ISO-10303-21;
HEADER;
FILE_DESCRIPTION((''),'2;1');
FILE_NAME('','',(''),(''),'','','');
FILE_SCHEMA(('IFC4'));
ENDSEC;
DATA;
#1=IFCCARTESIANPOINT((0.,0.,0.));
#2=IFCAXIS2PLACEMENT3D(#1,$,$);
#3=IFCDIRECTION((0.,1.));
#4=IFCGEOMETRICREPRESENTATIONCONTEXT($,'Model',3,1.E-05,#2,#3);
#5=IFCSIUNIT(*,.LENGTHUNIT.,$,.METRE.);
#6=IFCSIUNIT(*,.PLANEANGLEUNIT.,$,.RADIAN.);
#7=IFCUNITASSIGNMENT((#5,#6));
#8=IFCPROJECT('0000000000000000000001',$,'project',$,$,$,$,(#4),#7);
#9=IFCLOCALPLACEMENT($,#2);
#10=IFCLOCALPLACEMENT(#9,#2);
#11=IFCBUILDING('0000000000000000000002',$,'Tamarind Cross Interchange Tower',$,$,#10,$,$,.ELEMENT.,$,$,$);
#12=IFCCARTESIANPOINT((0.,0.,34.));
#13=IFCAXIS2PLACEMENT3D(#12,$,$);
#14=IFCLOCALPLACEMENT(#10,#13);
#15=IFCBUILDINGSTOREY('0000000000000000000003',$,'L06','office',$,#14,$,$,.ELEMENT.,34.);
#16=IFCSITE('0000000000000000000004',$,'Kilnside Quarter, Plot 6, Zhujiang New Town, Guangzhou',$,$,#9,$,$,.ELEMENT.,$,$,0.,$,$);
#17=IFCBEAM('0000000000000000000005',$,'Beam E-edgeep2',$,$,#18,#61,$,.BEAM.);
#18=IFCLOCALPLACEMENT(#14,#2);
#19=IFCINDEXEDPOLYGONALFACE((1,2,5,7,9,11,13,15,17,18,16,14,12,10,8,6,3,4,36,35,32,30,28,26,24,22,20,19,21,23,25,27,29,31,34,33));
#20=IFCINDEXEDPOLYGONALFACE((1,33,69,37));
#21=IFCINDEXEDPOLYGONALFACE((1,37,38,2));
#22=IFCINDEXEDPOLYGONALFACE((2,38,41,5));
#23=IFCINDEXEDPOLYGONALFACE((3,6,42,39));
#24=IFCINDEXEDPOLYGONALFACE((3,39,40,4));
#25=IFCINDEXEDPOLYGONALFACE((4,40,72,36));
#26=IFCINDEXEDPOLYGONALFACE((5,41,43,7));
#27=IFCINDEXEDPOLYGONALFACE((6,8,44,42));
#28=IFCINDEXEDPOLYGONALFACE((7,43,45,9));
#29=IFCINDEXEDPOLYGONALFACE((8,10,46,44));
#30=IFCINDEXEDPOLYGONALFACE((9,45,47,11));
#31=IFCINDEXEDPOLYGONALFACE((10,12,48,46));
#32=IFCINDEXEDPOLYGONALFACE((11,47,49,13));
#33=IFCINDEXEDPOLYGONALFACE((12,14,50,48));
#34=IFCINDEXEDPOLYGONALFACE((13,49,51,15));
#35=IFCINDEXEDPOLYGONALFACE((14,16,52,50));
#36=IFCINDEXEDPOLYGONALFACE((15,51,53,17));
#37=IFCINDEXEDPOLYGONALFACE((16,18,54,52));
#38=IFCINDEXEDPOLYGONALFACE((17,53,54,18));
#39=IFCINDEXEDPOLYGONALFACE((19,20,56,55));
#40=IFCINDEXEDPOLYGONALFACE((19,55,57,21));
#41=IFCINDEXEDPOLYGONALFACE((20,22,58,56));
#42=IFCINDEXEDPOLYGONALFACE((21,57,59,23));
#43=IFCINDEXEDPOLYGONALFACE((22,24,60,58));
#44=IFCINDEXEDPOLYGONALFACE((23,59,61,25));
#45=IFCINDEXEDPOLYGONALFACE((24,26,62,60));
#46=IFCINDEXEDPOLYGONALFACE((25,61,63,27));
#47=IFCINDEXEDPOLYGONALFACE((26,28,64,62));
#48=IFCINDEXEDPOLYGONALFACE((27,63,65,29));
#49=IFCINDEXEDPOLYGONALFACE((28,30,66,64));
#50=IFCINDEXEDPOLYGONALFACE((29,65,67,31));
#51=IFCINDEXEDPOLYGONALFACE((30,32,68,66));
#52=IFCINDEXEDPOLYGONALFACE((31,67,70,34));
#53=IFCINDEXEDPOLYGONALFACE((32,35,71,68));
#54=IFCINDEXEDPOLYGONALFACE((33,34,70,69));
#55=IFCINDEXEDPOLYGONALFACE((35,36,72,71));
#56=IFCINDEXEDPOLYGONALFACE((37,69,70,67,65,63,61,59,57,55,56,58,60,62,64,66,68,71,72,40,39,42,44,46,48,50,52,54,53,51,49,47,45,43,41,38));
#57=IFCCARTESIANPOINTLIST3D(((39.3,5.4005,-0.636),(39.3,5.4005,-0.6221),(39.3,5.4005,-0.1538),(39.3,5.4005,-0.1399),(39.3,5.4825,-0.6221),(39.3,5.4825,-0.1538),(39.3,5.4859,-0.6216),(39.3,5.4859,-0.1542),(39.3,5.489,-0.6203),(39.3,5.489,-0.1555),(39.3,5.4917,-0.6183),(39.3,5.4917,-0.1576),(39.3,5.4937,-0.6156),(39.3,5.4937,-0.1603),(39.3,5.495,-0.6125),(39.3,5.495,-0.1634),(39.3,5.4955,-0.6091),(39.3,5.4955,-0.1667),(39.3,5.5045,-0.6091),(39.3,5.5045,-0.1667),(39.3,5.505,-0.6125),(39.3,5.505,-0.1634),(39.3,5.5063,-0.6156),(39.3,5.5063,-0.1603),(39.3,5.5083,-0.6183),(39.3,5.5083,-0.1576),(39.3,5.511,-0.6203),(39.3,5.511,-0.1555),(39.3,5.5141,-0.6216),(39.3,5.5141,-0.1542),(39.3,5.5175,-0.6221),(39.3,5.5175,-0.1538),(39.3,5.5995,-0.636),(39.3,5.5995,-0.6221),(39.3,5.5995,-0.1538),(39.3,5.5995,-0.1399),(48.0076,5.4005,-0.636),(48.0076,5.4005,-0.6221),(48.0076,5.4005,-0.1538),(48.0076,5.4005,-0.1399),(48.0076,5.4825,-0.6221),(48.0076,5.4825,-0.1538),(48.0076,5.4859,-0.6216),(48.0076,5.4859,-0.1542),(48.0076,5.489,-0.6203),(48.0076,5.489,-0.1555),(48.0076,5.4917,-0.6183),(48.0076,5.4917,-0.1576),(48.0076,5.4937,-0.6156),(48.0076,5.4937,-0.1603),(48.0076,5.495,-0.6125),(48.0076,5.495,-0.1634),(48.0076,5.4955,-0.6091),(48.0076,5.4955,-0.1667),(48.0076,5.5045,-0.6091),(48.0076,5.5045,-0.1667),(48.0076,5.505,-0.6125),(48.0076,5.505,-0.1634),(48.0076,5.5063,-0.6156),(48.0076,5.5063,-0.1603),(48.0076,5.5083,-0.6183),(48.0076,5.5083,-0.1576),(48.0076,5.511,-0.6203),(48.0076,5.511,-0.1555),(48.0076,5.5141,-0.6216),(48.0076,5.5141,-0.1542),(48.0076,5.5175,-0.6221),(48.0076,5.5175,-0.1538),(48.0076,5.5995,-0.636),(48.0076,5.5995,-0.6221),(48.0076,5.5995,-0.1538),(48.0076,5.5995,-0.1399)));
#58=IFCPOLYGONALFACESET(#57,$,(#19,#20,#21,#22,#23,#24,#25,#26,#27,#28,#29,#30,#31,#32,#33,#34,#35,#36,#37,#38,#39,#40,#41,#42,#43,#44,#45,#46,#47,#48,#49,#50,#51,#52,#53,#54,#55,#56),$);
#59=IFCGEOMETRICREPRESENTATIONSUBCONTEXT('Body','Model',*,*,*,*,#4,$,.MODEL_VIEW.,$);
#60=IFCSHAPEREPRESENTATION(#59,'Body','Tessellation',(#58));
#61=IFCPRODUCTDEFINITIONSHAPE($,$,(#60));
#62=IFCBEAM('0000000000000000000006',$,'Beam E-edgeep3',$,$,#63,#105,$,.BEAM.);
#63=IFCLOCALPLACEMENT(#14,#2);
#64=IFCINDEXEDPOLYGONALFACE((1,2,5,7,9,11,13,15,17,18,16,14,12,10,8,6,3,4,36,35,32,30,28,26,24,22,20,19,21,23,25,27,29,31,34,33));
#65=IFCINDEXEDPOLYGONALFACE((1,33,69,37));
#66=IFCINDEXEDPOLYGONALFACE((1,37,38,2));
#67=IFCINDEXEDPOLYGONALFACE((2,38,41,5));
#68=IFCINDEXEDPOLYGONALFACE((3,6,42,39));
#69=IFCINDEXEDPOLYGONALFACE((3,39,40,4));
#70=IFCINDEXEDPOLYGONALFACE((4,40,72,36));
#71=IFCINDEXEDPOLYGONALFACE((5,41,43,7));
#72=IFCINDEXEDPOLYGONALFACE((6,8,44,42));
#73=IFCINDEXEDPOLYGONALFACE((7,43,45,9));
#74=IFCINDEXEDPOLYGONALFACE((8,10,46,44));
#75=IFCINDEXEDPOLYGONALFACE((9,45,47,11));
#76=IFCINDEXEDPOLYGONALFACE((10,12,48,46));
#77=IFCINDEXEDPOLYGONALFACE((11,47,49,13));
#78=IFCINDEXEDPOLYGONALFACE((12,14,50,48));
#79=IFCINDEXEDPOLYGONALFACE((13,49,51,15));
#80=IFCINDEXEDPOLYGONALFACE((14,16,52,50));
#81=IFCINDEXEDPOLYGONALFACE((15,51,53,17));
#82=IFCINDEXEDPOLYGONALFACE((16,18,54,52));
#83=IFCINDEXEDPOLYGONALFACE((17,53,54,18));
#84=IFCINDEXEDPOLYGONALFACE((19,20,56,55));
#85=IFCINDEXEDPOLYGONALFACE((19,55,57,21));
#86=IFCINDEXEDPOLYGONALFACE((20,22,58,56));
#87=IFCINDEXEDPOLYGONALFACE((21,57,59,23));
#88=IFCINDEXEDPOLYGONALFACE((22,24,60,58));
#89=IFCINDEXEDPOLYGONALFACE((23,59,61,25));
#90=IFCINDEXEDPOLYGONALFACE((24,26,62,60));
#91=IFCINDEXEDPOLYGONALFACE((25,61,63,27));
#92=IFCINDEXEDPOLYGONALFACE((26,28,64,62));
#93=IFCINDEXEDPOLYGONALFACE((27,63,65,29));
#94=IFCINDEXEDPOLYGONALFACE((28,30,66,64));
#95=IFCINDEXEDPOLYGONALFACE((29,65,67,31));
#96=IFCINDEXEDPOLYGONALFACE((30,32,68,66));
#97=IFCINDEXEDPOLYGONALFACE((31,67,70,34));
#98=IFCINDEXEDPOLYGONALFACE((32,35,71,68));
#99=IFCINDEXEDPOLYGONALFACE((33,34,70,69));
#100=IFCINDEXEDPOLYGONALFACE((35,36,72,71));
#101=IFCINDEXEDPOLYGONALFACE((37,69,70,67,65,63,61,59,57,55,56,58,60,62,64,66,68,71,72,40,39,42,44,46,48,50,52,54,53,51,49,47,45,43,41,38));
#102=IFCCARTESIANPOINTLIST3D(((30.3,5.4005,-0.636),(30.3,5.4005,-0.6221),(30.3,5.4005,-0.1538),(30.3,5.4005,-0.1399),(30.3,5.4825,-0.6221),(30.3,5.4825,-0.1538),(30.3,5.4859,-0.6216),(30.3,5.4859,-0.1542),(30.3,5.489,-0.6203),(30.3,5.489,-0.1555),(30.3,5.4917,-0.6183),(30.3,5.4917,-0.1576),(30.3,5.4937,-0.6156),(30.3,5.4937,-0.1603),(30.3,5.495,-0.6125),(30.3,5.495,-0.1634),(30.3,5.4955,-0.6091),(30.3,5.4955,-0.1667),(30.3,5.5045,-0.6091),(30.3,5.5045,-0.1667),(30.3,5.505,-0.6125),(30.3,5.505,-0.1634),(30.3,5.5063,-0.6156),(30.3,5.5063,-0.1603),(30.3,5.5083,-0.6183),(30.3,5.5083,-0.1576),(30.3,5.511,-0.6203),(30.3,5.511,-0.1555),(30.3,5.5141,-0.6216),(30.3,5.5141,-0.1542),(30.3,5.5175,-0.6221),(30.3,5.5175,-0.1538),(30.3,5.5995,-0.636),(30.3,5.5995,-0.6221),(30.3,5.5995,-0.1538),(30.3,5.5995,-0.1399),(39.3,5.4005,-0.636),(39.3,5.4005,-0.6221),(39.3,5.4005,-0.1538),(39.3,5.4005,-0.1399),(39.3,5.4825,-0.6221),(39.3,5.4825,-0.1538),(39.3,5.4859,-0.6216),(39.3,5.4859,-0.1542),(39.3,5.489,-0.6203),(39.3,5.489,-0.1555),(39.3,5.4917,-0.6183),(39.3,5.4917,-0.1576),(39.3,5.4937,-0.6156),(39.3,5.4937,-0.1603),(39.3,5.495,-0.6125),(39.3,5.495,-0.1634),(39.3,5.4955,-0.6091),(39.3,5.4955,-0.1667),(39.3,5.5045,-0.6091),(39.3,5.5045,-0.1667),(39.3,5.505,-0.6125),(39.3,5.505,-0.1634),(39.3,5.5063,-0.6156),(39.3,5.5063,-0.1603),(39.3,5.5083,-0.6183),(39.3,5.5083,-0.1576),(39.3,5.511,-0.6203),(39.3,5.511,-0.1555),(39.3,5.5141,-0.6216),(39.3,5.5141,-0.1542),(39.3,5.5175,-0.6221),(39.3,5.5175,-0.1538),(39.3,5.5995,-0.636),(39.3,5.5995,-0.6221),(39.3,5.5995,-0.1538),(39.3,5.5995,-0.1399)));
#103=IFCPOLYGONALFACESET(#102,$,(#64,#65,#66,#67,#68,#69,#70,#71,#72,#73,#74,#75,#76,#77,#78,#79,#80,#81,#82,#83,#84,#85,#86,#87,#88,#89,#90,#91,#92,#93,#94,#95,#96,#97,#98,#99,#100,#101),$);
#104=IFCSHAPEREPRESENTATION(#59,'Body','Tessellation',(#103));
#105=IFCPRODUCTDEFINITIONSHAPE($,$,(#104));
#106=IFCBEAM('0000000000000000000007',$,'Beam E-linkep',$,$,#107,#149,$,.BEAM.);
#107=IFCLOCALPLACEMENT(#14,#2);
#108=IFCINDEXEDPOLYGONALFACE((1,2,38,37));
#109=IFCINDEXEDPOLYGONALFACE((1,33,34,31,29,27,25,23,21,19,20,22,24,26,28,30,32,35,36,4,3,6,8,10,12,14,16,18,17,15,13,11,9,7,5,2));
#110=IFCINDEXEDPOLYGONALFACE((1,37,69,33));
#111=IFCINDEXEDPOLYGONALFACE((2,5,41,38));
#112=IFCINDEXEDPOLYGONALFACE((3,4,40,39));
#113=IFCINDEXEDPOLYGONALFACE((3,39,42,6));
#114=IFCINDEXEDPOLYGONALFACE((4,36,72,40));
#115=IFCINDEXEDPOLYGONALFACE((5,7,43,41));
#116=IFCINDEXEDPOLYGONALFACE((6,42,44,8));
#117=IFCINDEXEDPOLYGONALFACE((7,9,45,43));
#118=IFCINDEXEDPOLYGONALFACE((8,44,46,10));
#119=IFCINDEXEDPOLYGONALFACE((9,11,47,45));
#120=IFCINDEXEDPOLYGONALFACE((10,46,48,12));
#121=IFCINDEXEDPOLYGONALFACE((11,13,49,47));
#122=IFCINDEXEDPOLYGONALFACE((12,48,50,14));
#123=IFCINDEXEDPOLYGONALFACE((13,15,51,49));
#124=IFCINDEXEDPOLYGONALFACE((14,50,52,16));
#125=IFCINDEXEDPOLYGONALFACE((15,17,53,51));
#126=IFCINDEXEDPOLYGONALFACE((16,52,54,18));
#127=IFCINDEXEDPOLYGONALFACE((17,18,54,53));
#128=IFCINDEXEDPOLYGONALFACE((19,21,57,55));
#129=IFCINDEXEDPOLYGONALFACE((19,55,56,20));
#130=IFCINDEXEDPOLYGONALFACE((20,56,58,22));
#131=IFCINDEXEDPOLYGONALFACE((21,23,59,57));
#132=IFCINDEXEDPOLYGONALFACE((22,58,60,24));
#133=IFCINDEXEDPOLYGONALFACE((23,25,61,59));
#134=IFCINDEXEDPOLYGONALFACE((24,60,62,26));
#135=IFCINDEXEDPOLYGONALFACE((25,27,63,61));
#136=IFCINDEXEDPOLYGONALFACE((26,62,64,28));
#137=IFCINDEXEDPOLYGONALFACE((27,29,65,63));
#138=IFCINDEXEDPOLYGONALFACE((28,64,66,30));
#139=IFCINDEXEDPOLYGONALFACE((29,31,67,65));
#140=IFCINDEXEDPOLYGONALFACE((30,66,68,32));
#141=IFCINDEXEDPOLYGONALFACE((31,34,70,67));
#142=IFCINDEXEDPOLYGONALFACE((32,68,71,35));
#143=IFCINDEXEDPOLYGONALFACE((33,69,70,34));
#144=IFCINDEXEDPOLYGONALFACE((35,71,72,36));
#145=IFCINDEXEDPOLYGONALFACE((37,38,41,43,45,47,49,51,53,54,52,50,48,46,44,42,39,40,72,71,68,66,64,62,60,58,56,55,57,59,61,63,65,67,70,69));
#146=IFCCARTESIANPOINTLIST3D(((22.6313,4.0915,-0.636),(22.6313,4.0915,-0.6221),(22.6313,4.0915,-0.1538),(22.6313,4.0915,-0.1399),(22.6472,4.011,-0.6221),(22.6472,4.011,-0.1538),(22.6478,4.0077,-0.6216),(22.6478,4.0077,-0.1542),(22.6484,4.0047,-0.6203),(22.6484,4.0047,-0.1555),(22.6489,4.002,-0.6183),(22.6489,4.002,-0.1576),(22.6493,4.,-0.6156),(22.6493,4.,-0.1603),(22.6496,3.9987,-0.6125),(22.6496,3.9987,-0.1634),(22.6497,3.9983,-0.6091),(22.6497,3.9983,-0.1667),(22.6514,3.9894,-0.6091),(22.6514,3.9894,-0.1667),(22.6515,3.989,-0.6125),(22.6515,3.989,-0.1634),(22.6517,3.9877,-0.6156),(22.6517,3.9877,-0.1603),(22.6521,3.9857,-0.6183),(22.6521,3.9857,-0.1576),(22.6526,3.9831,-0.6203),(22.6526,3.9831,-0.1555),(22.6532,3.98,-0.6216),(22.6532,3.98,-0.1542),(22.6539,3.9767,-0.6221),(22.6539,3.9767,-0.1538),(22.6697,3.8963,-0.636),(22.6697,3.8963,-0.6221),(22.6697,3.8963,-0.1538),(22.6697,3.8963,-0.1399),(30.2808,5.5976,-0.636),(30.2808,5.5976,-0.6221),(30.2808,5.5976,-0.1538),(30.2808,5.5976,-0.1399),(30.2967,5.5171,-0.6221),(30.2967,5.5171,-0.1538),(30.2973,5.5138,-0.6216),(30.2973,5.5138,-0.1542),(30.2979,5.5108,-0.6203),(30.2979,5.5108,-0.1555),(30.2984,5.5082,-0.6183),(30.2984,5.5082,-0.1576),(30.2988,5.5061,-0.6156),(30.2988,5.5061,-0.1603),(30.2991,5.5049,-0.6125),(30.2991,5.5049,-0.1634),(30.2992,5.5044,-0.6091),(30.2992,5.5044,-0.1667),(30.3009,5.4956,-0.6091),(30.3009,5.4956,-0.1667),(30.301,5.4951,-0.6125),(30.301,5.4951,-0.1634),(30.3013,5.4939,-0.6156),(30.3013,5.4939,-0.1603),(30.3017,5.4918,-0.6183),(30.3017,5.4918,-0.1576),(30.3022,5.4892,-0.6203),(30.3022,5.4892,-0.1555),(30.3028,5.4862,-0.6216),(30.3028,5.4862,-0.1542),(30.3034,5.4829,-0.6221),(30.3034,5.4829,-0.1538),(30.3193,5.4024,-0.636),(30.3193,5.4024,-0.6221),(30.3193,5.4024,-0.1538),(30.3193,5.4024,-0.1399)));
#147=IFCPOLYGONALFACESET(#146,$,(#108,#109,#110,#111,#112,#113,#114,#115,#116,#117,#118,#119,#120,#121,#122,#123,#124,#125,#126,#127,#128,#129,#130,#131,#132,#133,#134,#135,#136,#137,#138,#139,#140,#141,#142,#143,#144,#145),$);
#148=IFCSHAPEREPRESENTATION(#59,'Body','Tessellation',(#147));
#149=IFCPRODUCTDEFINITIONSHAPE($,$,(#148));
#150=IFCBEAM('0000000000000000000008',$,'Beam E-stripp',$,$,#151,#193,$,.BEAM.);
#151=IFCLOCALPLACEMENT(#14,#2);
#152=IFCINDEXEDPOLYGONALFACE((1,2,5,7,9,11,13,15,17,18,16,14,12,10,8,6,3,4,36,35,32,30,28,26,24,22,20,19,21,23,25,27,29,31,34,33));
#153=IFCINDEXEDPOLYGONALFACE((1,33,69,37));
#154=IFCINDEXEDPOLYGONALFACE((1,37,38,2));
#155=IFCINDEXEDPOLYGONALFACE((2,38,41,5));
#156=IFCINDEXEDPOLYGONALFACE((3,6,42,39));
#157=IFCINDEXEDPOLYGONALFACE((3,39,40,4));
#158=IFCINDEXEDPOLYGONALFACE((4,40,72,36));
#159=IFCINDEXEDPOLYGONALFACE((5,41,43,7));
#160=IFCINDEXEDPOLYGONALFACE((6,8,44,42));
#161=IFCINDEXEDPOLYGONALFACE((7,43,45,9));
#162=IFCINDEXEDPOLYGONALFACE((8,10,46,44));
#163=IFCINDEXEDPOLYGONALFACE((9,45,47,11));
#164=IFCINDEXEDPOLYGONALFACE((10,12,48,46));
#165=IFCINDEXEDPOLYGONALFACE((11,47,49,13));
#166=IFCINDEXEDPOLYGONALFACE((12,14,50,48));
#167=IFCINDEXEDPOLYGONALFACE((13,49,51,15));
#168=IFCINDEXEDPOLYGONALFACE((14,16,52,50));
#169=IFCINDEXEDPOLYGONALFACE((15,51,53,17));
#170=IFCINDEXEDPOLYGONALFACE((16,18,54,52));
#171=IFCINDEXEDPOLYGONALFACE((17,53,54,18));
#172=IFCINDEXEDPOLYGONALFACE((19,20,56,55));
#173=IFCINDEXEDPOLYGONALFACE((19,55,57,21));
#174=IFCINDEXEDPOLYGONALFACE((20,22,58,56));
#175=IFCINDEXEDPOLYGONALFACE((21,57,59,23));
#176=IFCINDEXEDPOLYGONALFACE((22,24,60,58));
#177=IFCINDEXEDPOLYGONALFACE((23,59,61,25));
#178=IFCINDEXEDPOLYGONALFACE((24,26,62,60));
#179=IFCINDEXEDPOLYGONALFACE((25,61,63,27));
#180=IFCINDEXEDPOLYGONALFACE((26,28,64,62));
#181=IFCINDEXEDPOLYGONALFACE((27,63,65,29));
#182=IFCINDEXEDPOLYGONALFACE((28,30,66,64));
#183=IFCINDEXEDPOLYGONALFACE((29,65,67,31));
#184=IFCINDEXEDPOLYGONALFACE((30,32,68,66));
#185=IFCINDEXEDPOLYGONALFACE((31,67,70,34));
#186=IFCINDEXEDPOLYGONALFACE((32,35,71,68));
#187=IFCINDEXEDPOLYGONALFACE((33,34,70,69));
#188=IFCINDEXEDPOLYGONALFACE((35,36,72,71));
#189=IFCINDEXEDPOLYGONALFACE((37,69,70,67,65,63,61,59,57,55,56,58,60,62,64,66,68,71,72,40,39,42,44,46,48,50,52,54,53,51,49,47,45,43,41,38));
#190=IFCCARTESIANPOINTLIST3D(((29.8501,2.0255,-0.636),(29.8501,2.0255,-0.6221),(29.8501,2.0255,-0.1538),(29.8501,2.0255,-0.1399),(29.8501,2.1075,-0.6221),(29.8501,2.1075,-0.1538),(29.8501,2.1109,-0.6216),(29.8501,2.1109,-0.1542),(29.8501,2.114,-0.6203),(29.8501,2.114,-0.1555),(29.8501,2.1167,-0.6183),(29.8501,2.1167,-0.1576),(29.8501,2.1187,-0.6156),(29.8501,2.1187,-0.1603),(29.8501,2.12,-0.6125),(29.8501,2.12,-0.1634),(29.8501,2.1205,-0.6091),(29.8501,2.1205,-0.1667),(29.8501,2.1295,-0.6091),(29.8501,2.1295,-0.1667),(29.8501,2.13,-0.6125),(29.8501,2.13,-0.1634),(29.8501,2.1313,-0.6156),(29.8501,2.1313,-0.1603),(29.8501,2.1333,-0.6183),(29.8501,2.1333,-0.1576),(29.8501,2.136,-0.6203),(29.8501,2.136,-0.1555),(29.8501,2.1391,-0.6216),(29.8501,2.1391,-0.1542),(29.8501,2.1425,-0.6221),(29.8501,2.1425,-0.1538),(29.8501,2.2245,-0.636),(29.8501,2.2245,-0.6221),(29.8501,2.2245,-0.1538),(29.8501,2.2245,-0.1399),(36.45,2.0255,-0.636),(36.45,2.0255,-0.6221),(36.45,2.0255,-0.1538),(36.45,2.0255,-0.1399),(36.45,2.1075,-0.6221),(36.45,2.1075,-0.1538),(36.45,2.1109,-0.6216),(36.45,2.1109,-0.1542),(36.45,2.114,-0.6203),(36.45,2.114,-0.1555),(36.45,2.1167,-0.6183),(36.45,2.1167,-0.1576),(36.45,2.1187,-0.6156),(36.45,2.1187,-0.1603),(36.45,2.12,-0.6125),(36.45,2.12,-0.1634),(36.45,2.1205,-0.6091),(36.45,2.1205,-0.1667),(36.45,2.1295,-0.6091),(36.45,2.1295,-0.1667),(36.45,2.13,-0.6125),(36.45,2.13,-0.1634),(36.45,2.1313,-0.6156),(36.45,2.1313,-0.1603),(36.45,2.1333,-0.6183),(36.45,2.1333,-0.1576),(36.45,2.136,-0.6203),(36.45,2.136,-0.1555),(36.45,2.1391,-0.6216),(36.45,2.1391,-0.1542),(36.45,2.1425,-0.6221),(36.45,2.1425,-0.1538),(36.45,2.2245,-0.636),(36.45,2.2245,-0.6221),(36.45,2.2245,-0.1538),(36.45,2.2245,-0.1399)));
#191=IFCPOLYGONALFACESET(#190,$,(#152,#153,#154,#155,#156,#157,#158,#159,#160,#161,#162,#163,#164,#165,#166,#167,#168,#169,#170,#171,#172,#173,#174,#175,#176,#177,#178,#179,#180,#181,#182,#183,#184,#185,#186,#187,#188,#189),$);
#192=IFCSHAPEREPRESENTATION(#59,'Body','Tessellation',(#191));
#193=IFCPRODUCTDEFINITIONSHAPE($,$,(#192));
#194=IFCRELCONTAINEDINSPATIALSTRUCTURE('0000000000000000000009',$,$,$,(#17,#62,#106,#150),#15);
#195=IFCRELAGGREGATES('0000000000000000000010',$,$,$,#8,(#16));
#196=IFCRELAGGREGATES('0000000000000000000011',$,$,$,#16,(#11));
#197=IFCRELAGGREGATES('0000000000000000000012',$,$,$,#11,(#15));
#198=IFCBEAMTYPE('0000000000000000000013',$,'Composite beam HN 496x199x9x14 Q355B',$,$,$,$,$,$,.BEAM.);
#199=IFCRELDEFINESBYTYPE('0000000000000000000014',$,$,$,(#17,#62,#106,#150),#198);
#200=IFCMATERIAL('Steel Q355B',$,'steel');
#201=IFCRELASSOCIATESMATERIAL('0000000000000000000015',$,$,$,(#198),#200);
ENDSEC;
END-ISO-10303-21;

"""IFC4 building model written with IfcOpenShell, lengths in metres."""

from ifc_helpers import new_model, si_unit, direction, frame, origin, origin_2d, place, context, subcontext, project, spatial, i_section, extrude, material, material_profile, profile_set, type_object, element, save


model = new_model("IFC4")

# Units and contexts
model_context = context("Model", 3, precision=1e-05, world=origin(), true_north=direction((0.0, 1.0)))
body_context = subcontext(model_context, "Body", "Model", "MODEL_VIEW")
ifc_project = project(units=[si_unit("LENGTHUNIT", "METRE"), si_unit("PLANEANGLEUNIT", "RADIAN")], contexts=[model_context])

# Site, building, storey
site_placement = place(None, origin())
site = spatial("IfcSite", under=ifc_project, at=site_placement, Name="Kilnside Quarter, Plot 6, Zhujiang New Town, Guangzhou", CompositionType="ELEMENT", RefElevation=0.0)
building_placement = place(site_placement, origin())
building = spatial("IfcBuilding", under=site, at=building_placement, Name="Tamarind Cross Interchange Tower", CompositionType="ELEMENT")
storey_placement = place(building_placement, frame((0.0, 0.0, 34.0)))
storey = spatial("IfcBuildingStorey", under=building, at=storey_placement, Name="L06", Description="office", CompositionType="ELEMENT", Elevation=34.0)

# Beams
ifc_material_1 = material(Name="Steel Q355B", Category="steel")
ifc_material_profile_1 = material_profile(ifc_material_1, i_section(OverallWidth=0.199, OverallDepth=0.4961, WebThickness=0.009, FlangeThickness=0.0139, FilletRadius=0.0129, at=origin_2d()), Name="HN 496x199x9x14")
ifc_profile_set_1 = profile_set([ifc_material_profile_1], Name="Steel Q355B")
beam_type_1 = type_object("IfcBeamType", Name="Composite beam HN 496x199x9x14 Q355B", PredefinedType="BEAM", material=ifc_profile_set_1)
beam_1_placement = place(storey_placement, frame((48.0076, 5.5, -0.3879), z_axis=(-1.0, 0.0, 0.0), x_axis=(0.0, -1.0, 0.0)))
element("IfcBeam", 1, at=beam_1_placement, inside=storey, type_object=beam_type_1, Name="Beam E-edgeep2", PredefinedType="BEAM", context=body_context, shape_type="SweptSolid", body=[
    extrude(i_section(OverallWidth=0.199, OverallDepth=0.4961, WebThickness=0.009, FlangeThickness=0.0139, FilletRadius=0.0129, at=origin_2d()), origin(), (0.0, 0.0, 1.0), 8.7075),
])
beam_2_placement = place(storey_placement, frame((39.3, 5.5, -0.3879), z_axis=(-1.0, 0.0, 0.0), x_axis=(0.0, -1.0, 0.0)))
element("IfcBeam", 2, at=beam_2_placement, inside=storey, type_object=beam_type_1, Name="Beam E-edgeep3", PredefinedType="BEAM", context=body_context, shape_type="SweptSolid", body=[
    extrude(i_section(OverallWidth=0.199, OverallDepth=0.4961, WebThickness=0.009, FlangeThickness=0.0139, FilletRadius=0.0129, at=origin_2d()), origin(), (0.0, 0.0, 1.0), 9.0),
])
beam_3_placement = place(storey_placement, frame((30.3, 5.5, -0.3879), z_axis=(-0.981163, -0.193182, 0.0), x_axis=(0.193182, -0.981163, 0.0)))
element("IfcBeam", 3, at=beam_3_placement, inside=storey, type_object=beam_type_1, Name="Beam E-linkep", PredefinedType="BEAM", context=body_context, shape_type="SweptSolid", body=[
    extrude(i_section(OverallWidth=0.199, OverallDepth=0.4961, WebThickness=0.009, FlangeThickness=0.0139, FilletRadius=0.0129, at=origin_2d()), origin(), (0.0, 0.0, 1.0), 7.7964),
])
beam_4_placement = place(storey_placement, frame((29.8501, 2.125, -0.3879), z_axis=(1.0, 0.0, 0.0), x_axis=(0.0, 1.0, 0.0)))
element("IfcBeam", 4, at=beam_4_placement, inside=storey, type_object=beam_type_1, Name="Beam E-stripp", PredefinedType="BEAM", context=body_context, shape_type="SweptSolid", body=[
    extrude(i_section(OverallWidth=0.199, OverallDepth=0.4961, WebThickness=0.009, FlangeThickness=0.0139, FilletRadius=0.0129, at=origin_2d()), origin(), (0.0, 0.0, 1.0), 6.5999),
])

save(model, "model.ifc")
